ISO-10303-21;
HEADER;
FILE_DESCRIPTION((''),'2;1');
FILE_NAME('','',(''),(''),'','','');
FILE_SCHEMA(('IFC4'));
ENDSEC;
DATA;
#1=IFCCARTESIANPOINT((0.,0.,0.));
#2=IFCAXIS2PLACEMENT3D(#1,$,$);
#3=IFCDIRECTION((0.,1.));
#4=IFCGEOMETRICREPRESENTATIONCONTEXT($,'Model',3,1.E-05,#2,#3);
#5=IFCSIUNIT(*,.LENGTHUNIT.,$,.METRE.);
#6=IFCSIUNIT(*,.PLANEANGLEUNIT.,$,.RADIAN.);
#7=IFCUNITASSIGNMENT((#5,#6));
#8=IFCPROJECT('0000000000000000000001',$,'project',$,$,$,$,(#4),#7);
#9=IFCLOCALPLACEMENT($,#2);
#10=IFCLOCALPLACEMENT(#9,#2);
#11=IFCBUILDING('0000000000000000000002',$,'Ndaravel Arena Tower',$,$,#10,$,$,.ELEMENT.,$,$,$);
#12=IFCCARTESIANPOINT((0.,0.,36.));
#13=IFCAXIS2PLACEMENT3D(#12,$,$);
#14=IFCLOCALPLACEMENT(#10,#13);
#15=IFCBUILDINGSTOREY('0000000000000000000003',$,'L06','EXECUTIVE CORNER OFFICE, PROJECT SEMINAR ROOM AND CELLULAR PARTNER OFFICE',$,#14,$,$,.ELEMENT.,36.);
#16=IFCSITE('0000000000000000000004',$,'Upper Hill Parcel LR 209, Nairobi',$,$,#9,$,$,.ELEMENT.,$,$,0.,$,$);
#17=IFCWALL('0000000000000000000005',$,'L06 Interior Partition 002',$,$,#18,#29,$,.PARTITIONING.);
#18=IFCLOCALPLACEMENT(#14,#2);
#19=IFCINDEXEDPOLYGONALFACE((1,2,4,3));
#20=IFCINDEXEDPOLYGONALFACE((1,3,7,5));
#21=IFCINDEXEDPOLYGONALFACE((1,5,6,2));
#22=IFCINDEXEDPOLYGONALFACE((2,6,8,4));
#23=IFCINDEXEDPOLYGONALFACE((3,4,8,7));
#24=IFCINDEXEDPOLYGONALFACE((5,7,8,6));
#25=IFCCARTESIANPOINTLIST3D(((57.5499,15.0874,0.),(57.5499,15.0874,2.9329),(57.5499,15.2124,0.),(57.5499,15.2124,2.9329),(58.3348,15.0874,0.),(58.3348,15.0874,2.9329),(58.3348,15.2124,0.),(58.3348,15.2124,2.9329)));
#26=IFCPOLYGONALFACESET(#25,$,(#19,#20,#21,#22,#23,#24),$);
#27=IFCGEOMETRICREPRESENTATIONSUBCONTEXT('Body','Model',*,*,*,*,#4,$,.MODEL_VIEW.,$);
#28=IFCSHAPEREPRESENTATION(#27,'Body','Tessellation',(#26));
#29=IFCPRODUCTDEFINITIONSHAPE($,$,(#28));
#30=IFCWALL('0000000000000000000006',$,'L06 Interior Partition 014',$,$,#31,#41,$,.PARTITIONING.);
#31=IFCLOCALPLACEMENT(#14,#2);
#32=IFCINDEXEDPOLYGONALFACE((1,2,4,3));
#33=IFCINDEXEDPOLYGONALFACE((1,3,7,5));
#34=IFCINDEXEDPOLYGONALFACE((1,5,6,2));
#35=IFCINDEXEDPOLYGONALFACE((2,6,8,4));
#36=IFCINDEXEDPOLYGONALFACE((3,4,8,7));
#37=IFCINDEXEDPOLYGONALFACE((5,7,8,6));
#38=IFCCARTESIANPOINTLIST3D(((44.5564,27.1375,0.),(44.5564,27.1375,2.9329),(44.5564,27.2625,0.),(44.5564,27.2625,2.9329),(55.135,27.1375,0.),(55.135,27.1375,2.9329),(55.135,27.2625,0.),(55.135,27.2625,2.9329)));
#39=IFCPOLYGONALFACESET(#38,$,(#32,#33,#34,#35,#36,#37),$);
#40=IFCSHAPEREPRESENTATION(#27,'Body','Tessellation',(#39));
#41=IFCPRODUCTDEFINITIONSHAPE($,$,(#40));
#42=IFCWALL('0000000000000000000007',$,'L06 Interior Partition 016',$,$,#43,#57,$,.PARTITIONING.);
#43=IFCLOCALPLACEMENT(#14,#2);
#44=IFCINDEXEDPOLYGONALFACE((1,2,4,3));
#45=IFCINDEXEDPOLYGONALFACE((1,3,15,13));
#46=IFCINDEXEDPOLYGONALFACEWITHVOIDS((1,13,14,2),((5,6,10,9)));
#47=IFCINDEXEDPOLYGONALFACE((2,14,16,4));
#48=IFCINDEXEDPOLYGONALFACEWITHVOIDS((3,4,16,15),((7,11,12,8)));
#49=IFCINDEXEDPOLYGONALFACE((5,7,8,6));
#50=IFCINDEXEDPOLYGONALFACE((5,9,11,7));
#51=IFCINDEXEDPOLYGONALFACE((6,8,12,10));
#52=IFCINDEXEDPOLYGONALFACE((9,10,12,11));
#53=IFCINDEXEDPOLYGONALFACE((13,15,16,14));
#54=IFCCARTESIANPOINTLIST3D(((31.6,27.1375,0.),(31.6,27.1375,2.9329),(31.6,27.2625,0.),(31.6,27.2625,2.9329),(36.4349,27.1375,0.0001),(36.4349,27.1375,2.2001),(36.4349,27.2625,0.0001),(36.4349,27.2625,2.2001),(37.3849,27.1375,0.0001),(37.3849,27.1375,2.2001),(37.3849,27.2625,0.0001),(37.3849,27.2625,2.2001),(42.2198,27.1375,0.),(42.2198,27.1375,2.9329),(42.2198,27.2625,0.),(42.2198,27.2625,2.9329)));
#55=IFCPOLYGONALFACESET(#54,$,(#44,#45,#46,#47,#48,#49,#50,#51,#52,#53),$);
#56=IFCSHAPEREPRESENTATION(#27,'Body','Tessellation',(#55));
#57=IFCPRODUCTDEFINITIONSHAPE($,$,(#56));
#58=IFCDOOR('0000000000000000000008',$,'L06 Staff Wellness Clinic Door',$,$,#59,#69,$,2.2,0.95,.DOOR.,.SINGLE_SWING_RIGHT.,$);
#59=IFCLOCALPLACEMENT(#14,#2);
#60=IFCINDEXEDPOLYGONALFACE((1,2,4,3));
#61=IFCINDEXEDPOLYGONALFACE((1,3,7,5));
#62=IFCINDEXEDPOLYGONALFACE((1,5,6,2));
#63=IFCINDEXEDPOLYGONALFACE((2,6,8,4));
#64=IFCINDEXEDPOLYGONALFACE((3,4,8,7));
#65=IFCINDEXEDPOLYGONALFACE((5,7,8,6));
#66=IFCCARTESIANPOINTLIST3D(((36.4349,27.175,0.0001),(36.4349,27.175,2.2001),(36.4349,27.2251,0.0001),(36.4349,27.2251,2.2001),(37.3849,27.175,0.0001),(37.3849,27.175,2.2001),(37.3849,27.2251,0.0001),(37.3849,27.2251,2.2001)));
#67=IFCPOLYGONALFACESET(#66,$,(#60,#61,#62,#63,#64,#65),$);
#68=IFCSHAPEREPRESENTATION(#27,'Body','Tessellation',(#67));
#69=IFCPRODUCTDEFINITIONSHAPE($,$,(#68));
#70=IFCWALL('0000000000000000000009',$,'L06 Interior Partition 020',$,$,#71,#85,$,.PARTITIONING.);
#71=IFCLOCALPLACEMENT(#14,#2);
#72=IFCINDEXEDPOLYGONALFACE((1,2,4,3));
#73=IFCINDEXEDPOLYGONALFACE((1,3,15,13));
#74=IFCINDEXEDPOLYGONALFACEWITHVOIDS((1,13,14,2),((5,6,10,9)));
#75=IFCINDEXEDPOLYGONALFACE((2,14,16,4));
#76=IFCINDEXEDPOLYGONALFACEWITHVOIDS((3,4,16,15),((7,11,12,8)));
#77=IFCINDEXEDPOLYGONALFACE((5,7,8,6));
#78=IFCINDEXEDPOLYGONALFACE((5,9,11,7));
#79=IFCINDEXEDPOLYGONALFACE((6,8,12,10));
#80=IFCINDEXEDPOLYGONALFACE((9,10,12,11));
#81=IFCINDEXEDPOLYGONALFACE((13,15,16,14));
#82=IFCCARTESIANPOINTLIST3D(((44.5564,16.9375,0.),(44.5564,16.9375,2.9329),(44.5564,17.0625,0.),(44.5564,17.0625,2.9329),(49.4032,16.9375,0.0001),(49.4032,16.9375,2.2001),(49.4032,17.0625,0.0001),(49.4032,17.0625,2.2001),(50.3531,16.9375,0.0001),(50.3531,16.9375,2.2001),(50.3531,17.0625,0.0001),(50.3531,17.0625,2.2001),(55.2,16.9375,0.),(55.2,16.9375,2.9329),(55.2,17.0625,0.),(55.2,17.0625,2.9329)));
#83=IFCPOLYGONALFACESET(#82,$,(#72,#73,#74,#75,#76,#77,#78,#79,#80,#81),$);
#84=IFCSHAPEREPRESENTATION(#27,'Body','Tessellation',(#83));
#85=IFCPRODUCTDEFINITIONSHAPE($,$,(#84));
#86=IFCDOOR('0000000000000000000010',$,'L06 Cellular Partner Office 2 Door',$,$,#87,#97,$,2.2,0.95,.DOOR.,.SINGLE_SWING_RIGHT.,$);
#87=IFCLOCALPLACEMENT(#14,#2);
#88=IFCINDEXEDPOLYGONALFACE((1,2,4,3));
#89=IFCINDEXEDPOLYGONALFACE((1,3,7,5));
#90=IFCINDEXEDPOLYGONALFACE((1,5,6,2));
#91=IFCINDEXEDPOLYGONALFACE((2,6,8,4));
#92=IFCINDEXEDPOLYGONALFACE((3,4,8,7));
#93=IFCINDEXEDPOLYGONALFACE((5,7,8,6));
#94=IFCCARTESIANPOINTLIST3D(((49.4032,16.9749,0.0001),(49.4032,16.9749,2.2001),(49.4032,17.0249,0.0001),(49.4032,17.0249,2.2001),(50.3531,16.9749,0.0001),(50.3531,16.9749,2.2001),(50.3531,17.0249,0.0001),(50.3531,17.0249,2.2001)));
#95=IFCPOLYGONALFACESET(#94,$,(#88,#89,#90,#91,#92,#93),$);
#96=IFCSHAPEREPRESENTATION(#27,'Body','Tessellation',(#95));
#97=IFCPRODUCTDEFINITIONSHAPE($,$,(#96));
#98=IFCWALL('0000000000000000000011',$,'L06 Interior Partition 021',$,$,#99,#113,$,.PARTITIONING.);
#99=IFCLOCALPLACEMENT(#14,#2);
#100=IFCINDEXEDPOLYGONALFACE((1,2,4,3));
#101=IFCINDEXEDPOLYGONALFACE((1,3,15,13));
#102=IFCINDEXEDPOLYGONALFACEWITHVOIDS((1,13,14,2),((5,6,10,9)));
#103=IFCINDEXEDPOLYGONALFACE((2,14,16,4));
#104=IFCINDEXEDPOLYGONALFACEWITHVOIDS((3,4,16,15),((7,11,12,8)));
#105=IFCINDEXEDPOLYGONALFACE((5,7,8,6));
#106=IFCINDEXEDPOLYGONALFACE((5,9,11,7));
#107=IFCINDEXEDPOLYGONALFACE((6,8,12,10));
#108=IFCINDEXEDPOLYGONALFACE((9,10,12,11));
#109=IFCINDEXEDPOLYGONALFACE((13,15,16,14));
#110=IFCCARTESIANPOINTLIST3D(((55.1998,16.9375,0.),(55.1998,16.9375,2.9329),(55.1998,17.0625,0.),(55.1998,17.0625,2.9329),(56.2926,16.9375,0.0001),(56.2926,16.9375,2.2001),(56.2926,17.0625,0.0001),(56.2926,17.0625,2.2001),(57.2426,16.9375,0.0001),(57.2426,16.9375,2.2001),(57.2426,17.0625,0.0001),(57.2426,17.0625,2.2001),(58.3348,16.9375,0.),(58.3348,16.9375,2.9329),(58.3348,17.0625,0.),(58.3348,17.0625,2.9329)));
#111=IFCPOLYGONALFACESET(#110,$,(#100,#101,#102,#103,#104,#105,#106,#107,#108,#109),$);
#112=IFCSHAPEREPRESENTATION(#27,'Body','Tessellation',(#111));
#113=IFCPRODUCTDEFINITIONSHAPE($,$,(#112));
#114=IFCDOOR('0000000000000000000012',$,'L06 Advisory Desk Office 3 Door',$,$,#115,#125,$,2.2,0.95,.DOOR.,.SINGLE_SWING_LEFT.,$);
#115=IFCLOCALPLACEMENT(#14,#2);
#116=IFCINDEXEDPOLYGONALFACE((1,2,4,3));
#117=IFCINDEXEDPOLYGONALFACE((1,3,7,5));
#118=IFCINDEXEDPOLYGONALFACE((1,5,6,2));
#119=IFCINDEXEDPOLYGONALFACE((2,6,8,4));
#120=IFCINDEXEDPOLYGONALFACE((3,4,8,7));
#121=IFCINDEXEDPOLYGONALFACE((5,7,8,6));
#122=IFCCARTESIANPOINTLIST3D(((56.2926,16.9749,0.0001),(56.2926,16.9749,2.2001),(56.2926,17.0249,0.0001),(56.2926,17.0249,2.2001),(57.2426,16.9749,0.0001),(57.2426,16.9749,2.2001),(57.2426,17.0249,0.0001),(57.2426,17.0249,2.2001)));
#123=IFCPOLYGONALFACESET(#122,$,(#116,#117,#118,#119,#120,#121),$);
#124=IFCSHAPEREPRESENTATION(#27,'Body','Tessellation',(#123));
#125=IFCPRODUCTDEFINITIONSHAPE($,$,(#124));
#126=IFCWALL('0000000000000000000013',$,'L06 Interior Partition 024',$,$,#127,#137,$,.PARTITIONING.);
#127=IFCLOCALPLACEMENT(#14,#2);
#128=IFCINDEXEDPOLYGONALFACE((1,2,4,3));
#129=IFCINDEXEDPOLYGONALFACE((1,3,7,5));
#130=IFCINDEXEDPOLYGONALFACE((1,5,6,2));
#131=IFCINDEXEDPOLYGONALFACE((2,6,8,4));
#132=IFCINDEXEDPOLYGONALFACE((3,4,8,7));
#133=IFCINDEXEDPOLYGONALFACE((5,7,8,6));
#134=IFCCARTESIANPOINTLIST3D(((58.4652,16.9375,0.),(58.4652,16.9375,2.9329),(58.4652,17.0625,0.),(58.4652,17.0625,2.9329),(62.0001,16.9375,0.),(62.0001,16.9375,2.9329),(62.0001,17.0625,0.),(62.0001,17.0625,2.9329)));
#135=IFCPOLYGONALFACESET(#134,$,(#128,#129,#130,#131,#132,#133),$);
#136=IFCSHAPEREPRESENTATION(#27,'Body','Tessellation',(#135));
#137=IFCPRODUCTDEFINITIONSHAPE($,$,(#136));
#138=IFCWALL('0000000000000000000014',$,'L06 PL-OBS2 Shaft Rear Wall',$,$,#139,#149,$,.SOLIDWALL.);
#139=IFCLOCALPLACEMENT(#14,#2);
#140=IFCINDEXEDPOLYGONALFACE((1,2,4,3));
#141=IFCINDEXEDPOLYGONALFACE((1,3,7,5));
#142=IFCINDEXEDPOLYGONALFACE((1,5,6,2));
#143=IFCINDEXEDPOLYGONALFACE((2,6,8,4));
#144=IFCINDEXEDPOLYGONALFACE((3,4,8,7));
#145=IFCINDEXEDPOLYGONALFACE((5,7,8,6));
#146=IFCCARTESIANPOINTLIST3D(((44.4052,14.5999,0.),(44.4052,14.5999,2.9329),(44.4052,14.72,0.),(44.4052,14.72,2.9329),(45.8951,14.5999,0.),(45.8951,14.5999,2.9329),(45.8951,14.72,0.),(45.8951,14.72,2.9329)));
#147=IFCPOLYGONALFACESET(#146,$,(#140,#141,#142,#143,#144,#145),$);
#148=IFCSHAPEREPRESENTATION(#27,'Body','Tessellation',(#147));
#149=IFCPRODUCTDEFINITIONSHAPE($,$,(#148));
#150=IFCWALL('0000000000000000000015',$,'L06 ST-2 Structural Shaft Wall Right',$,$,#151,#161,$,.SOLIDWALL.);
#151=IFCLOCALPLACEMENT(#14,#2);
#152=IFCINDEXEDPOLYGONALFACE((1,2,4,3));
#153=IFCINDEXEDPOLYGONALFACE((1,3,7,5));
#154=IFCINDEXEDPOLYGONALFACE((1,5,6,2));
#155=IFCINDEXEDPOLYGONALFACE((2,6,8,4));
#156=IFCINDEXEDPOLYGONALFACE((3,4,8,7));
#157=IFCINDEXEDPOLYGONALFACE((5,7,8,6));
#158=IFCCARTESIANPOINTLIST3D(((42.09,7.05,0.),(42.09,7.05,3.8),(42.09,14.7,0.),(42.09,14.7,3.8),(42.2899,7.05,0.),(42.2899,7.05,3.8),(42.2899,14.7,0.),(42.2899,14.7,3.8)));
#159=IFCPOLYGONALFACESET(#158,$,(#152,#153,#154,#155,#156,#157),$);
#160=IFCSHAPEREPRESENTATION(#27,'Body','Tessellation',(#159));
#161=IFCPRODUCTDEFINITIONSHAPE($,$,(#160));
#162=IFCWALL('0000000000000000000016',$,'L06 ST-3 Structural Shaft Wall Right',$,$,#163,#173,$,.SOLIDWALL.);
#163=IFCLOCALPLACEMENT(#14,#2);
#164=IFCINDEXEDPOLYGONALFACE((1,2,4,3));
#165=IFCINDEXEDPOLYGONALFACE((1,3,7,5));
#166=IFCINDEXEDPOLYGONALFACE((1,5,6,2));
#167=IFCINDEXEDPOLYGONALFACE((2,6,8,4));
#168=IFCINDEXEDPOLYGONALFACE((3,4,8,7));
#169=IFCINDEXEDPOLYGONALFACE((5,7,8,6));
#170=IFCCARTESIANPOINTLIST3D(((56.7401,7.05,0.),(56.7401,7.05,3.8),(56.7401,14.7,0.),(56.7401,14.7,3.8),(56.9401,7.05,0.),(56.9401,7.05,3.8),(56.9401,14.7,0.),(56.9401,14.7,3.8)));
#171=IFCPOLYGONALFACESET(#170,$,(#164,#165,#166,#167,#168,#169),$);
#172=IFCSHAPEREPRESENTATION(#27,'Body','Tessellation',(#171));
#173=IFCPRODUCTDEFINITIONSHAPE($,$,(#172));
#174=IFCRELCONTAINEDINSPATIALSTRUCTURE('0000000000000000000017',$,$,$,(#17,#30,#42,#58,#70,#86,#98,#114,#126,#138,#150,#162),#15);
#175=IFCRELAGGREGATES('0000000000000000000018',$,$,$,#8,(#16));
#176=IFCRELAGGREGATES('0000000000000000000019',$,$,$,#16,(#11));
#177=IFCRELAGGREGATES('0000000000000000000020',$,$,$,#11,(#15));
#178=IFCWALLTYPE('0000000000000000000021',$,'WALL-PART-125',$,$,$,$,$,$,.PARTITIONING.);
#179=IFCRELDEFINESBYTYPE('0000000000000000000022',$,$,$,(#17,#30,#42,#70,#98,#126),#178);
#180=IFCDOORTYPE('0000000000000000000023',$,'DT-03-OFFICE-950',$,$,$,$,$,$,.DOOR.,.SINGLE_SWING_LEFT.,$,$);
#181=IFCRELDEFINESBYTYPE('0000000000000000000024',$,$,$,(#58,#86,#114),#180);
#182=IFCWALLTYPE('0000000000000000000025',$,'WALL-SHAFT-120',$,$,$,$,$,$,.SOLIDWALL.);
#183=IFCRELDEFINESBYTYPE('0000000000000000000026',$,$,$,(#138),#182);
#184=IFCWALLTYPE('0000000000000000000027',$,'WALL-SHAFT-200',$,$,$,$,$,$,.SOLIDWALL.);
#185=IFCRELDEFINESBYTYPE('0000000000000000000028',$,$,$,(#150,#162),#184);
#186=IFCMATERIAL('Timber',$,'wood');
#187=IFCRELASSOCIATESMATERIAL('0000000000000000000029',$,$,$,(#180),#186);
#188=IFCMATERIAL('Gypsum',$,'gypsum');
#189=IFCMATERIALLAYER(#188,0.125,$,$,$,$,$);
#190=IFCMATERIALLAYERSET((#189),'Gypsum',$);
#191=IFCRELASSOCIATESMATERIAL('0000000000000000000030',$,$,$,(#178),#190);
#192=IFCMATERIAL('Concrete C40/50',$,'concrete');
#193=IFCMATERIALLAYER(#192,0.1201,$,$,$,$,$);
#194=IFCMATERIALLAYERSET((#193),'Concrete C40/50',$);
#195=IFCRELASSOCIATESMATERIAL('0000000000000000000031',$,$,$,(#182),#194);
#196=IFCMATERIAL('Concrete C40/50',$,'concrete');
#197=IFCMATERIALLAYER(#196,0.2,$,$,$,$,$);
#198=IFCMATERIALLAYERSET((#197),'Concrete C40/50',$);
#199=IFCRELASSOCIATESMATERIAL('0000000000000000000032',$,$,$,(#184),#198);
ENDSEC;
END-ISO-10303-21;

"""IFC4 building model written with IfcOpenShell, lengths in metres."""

from ifc_helpers import new_model, si_unit, direction, frame, frame_2d, origin, place, context, subcontext, project, spatial, rectangle, extrude, material, layer, layer_set, type_object, element, fill, save


model = new_model("IFC4")

# Units and contexts
model_context = context("Model", 3, precision=1e-05, world=origin(), true_north=direction((0.0, 1.0)))
body_context = subcontext(model_context, "Body", "Model", "MODEL_VIEW")
ifc_project = project(units=[si_unit("LENGTHUNIT", "METRE"), si_unit("PLANEANGLEUNIT", "RADIAN")], contexts=[model_context])

# Site, building, storey
site_placement = place(None, origin())
site = spatial("IfcSite", under=ifc_project, at=site_placement, Name="Upper Hill Parcel LR 209, Nairobi", CompositionType="ELEMENT", RefElevation=0.0)
building_placement = place(site_placement, origin())
building = spatial("IfcBuilding", under=site, at=building_placement, Name="Ndaravel Arena Tower", CompositionType="ELEMENT")
storey_placement = place(building_placement, frame((0.0, 0.0, 36.0)))
storey = spatial("IfcBuildingStorey", under=building, at=storey_placement, Name="L06", Description="EXECUTIVE CORNER OFFICE, PROJECT SEMINAR ROOM AND CELLULAR PARTNER OFFICE", CompositionType="ELEMENT", Elevation=36.0)

# Shared definitions
ifc_material_1 = material(Name="Timber", Category="wood")
door_type_1 = type_object("IfcDoorType", Name="DT-03-OFFICE-950", OperationType="SINGLE_SWING_LEFT", PredefinedType="DOOR", material=ifc_material_1)

# Walls
ifc_material_2 = material(Name="Gypsum", Category="gypsum")
ifc_layer_1 = layer(ifc_material_2, 0.125)
ifc_layer_set_1 = layer_set([ifc_layer_1], Name="Gypsum")
wall_type_1 = type_object("IfcWallType", Name="WALL-PART-125", PredefinedType="PARTITIONING", material=ifc_layer_set_1)
wall_1_placement = place(storey_placement, frame((58.335, 15.1499, 0.0), z_axis=(0.0, 0.0, 1.0), x_axis=(-1.0, 0.0, 0.0)))
element("IfcWall", 1, at=wall_1_placement, inside=storey, type_object=wall_type_1, Name="L06 Interior Partition 002", PredefinedType="PARTITIONING", context=body_context, shape_type="SweptSolid", body=[
    extrude(rectangle(XDim=0.7849, YDim=0.125, at=frame_2d((0.3926, 0.0))), origin(), (0.0, 0.0, 1.0), 2.9329),
])
wall_2_placement = place(storey_placement, frame((55.135, 27.2, 0.0), z_axis=(0.0, 0.0, 1.0), x_axis=(-1.0, 0.0, 0.0)))
element("IfcWall", 2, at=wall_2_placement, inside=storey, type_object=wall_type_1, Name="L06 Interior Partition 014", PredefinedType="PARTITIONING", context=body_context, shape_type="SweptSolid", body=[
    extrude(rectangle(XDim=10.5786, YDim=0.125, at=frame_2d((5.2893, 0.0))), origin(), (0.0, 0.0, 1.0), 2.9329),
])

# Walls, openings, doors
wall_3_placement = place(storey_placement, frame((42.22, 27.2, 0.0), z_axis=(0.0, 0.0, 1.0), x_axis=(-1.0, 0.0, 0.0)))
wall_3 = element("IfcWall", 3, at=wall_3_placement, inside=storey, type_object=wall_type_1, Name="L06 Interior Partition 016", PredefinedType="PARTITIONING", context=body_context, shape_type="SweptSolid", body=[
    extrude(rectangle(XDim=10.6199, YDim=0.125, at=frame_2d((5.3101, 0.0))), origin(), (0.0, 0.0, 1.0), 2.9329),
])
opening_1_placement = place(wall_3_placement, frame((4.835, 0.0, 0.0)))
opening_1 = element("IfcOpeningElement", 4, at=opening_1_placement, cuts=wall_3, PredefinedType="OPENING", context=body_context, shape_type="SweptSolid", body=[
    extrude(rectangle(XDim=0.95, YDim=2.2, at=frame_2d((0.4751, 1.1001))), frame((0.0, 0.0625, 0.0), z_axis=(0.0, -1.0, 0.0), x_axis=(1.0, 0.0, 0.0)), (0.0, 0.0, 1.0), 0.125),
])
door_1_placement = place(opening_1_placement, origin())
door_1 = element("IfcDoor", 5, at=door_1_placement, inside=storey, type_object=door_type_1, Name="L06 Staff Wellness Clinic Door", OperationType="SINGLE_SWING_RIGHT", OverallHeight=2.2, OverallWidth=0.95, PredefinedType="DOOR", context=body_context, shape_type="SweptSolid", body=[
    extrude(rectangle(XDim=0.95, YDim=2.2, at=frame_2d((0.4751, 1.1001))), frame((0.0, 0.0249, 0.0), z_axis=(0.0, -1.0, 0.0), x_axis=(1.0, 0.0, 0.0)), (0.0, 0.0, 1.0), 0.05),
])
fill(opening_1, door_1)
wall_4_placement = place(storey_placement, frame((44.5564, 17.0, 0.0), z_axis=(0.0, 0.0, 1.0), x_axis=(1.0, 0.0, 0.0)))
wall_4 = element("IfcWall", 6, at=wall_4_placement, inside=storey, type_object=wall_type_1, Name="L06 Interior Partition 020", PredefinedType="PARTITIONING", context=body_context, shape_type="SweptSolid", body=[
    extrude(rectangle(XDim=10.6436, YDim=0.125, at=frame_2d((5.3218, 0.0))), origin(), (0.0, 0.0, 1.0), 2.9329),
])
opening_2_placement = place(wall_4_placement, frame((4.8467, 0.0, 0.0)))
opening_2 = element("IfcOpeningElement", 7, at=opening_2_placement, cuts=wall_4, PredefinedType="OPENING", context=body_context, shape_type="SweptSolid", body=[
    extrude(rectangle(XDim=0.95, YDim=2.2, at=frame_2d((0.4751, 1.1001))), frame((0.0, 0.0625, 0.0), z_axis=(0.0, -1.0, 0.0), x_axis=(1.0, 0.0, 0.0)), (0.0, 0.0, 1.0), 0.125),
])
door_2_placement = place(opening_2_placement, origin())
door_2 = element("IfcDoor", 8, at=door_2_placement, inside=storey, type_object=door_type_1, Name="L06 Cellular Partner Office 2 Door", OperationType="SINGLE_SWING_RIGHT", OverallHeight=2.2, OverallWidth=0.95, PredefinedType="DOOR", context=body_context, shape_type="SweptSolid", body=[
    extrude(rectangle(XDim=0.95, YDim=2.2, at=frame_2d((0.4751, 1.1001))), frame((0.0, 0.0249, 0.0), z_axis=(0.0, -1.0, 0.0), x_axis=(1.0, 0.0, 0.0)), (0.0, 0.0, 1.0), 0.05),
])
fill(opening_2, door_2)
wall_5_placement = place(storey_placement, frame((55.2, 17.0, 0.0), z_axis=(0.0, 0.0, 1.0), x_axis=(1.0, 0.0, 0.0)))
wall_5 = element("IfcWall", 9, at=wall_5_placement, inside=storey, type_object=wall_type_1, Name="L06 Interior Partition 021", PredefinedType="PARTITIONING", context=body_context, shape_type="SweptSolid", body=[
    extrude(rectangle(XDim=3.135, YDim=0.125, at=frame_2d((1.5674, 0.0))), origin(), (0.0, 0.0, 1.0), 2.9329),
])
opening_3_placement = place(wall_5_placement, frame((1.0925, 0.0, 0.0)))
opening_3 = element("IfcOpeningElement", 10, at=opening_3_placement, cuts=wall_5, PredefinedType="OPENING", context=body_context, shape_type="SweptSolid", body=[
    extrude(rectangle(XDim=0.95, YDim=2.2, at=frame_2d((0.4751, 1.1001))), frame((0.0, 0.0625, 0.0), z_axis=(0.0, -1.0, 0.0), x_axis=(1.0, 0.0, 0.0)), (0.0, 0.0, 1.0), 0.125),
])
door_3_placement = place(opening_3_placement, origin())
door_3 = element("IfcDoor", 11, at=door_3_placement, inside=storey, type_object=door_type_1, Name="L06 Advisory Desk Office 3 Door", OperationType="SINGLE_SWING_LEFT", OverallHeight=2.2, OverallWidth=0.95, PredefinedType="DOOR", context=body_context, shape_type="SweptSolid", body=[
    extrude(rectangle(XDim=0.95, YDim=2.2, at=frame_2d((0.4751, 1.1001))), frame((0.0, 0.0249, 0.0), z_axis=(0.0, -1.0, 0.0), x_axis=(1.0, 0.0, 0.0)), (0.0, 0.0, 1.0), 0.05),
])
fill(opening_3, door_3)

# Walls
wall_6_placement = place(storey_placement, frame((58.4651, 17.0, 0.0), z_axis=(0.0, 0.0, 1.0), x_axis=(1.0, 0.0, 0.0)))
element("IfcWall", 12, at=wall_6_placement, inside=storey, type_object=wall_type_1, Name="L06 Interior Partition 024", PredefinedType="PARTITIONING", context=body_context, shape_type="SweptSolid", body=[
    extrude(rectangle(XDim=3.5349, YDim=0.125, at=frame_2d((1.7676, 0.0))), origin(), (0.0, 0.0, 1.0), 2.9329),
])
ifc_material_3 = material(Name="Concrete C40/50", Category="concrete")
ifc_layer_2 = layer(ifc_material_3, 0.1201)
ifc_layer_set_2 = layer_set([ifc_layer_2], Name="Concrete C40/50")
wall_type_2 = type_object("IfcWallType", Name="WALL-SHAFT-120", PredefinedType="SOLIDWALL", material=ifc_layer_set_2)
wall_7_placement = place(storey_placement, frame((44.405, 14.6599, 0.0), z_axis=(0.0, 0.0, 1.0), x_axis=(1.0, 0.0, 0.0)))
element("IfcWall", 13, at=wall_7_placement, inside=storey, type_object=wall_type_2, Name="L06 PL-OBS2 Shaft Rear Wall", PredefinedType="SOLIDWALL", context=body_context, shape_type="SweptSolid", body=[
    extrude(rectangle(XDim=1.49, YDim=0.1201, at=frame_2d((0.7451, 0.0))), origin(), (0.0, 0.0, 1.0), 2.9329),
])
ifc_material_4 = material(Name="Concrete C40/50", Category="concrete")
ifc_layer_3 = layer(ifc_material_4, 0.2)
ifc_layer_set_3 = layer_set([ifc_layer_3], Name="Concrete C40/50")
wall_type_3 = type_object("IfcWallType", Name="WALL-SHAFT-200", PredefinedType="SOLIDWALL", material=ifc_layer_set_3)
for number, where, z_axis, x_axis, name in (
    (14, (42.1899, 14.7, 0.0), (0.0, 0.0, 1.0), (0.0, -1.0, 0.0), "L06 ST-2 Structural Shaft Wall Right"),
    (15, (56.8401, 14.7, 0.0), (0.0, 0.0, 1.0), (0.0, -1.0, 0.0), "L06 ST-3 Structural Shaft Wall Right"),
):
    element("IfcWall", number, at=place(storey_placement, frame(where, z_axis=z_axis, x_axis=x_axis)), inside=storey, type_object=wall_type_3, Name=name, PredefinedType="SOLIDWALL", context=body_context, shape_type="SweptSolid", body=[
        extrude(rectangle(XDim=7.6499, YDim=0.2, at=frame_2d((3.825, 0.0))), origin(), (0.0, 0.0, 1.0), 3.8),
    ])

save(model, "model.ifc")
